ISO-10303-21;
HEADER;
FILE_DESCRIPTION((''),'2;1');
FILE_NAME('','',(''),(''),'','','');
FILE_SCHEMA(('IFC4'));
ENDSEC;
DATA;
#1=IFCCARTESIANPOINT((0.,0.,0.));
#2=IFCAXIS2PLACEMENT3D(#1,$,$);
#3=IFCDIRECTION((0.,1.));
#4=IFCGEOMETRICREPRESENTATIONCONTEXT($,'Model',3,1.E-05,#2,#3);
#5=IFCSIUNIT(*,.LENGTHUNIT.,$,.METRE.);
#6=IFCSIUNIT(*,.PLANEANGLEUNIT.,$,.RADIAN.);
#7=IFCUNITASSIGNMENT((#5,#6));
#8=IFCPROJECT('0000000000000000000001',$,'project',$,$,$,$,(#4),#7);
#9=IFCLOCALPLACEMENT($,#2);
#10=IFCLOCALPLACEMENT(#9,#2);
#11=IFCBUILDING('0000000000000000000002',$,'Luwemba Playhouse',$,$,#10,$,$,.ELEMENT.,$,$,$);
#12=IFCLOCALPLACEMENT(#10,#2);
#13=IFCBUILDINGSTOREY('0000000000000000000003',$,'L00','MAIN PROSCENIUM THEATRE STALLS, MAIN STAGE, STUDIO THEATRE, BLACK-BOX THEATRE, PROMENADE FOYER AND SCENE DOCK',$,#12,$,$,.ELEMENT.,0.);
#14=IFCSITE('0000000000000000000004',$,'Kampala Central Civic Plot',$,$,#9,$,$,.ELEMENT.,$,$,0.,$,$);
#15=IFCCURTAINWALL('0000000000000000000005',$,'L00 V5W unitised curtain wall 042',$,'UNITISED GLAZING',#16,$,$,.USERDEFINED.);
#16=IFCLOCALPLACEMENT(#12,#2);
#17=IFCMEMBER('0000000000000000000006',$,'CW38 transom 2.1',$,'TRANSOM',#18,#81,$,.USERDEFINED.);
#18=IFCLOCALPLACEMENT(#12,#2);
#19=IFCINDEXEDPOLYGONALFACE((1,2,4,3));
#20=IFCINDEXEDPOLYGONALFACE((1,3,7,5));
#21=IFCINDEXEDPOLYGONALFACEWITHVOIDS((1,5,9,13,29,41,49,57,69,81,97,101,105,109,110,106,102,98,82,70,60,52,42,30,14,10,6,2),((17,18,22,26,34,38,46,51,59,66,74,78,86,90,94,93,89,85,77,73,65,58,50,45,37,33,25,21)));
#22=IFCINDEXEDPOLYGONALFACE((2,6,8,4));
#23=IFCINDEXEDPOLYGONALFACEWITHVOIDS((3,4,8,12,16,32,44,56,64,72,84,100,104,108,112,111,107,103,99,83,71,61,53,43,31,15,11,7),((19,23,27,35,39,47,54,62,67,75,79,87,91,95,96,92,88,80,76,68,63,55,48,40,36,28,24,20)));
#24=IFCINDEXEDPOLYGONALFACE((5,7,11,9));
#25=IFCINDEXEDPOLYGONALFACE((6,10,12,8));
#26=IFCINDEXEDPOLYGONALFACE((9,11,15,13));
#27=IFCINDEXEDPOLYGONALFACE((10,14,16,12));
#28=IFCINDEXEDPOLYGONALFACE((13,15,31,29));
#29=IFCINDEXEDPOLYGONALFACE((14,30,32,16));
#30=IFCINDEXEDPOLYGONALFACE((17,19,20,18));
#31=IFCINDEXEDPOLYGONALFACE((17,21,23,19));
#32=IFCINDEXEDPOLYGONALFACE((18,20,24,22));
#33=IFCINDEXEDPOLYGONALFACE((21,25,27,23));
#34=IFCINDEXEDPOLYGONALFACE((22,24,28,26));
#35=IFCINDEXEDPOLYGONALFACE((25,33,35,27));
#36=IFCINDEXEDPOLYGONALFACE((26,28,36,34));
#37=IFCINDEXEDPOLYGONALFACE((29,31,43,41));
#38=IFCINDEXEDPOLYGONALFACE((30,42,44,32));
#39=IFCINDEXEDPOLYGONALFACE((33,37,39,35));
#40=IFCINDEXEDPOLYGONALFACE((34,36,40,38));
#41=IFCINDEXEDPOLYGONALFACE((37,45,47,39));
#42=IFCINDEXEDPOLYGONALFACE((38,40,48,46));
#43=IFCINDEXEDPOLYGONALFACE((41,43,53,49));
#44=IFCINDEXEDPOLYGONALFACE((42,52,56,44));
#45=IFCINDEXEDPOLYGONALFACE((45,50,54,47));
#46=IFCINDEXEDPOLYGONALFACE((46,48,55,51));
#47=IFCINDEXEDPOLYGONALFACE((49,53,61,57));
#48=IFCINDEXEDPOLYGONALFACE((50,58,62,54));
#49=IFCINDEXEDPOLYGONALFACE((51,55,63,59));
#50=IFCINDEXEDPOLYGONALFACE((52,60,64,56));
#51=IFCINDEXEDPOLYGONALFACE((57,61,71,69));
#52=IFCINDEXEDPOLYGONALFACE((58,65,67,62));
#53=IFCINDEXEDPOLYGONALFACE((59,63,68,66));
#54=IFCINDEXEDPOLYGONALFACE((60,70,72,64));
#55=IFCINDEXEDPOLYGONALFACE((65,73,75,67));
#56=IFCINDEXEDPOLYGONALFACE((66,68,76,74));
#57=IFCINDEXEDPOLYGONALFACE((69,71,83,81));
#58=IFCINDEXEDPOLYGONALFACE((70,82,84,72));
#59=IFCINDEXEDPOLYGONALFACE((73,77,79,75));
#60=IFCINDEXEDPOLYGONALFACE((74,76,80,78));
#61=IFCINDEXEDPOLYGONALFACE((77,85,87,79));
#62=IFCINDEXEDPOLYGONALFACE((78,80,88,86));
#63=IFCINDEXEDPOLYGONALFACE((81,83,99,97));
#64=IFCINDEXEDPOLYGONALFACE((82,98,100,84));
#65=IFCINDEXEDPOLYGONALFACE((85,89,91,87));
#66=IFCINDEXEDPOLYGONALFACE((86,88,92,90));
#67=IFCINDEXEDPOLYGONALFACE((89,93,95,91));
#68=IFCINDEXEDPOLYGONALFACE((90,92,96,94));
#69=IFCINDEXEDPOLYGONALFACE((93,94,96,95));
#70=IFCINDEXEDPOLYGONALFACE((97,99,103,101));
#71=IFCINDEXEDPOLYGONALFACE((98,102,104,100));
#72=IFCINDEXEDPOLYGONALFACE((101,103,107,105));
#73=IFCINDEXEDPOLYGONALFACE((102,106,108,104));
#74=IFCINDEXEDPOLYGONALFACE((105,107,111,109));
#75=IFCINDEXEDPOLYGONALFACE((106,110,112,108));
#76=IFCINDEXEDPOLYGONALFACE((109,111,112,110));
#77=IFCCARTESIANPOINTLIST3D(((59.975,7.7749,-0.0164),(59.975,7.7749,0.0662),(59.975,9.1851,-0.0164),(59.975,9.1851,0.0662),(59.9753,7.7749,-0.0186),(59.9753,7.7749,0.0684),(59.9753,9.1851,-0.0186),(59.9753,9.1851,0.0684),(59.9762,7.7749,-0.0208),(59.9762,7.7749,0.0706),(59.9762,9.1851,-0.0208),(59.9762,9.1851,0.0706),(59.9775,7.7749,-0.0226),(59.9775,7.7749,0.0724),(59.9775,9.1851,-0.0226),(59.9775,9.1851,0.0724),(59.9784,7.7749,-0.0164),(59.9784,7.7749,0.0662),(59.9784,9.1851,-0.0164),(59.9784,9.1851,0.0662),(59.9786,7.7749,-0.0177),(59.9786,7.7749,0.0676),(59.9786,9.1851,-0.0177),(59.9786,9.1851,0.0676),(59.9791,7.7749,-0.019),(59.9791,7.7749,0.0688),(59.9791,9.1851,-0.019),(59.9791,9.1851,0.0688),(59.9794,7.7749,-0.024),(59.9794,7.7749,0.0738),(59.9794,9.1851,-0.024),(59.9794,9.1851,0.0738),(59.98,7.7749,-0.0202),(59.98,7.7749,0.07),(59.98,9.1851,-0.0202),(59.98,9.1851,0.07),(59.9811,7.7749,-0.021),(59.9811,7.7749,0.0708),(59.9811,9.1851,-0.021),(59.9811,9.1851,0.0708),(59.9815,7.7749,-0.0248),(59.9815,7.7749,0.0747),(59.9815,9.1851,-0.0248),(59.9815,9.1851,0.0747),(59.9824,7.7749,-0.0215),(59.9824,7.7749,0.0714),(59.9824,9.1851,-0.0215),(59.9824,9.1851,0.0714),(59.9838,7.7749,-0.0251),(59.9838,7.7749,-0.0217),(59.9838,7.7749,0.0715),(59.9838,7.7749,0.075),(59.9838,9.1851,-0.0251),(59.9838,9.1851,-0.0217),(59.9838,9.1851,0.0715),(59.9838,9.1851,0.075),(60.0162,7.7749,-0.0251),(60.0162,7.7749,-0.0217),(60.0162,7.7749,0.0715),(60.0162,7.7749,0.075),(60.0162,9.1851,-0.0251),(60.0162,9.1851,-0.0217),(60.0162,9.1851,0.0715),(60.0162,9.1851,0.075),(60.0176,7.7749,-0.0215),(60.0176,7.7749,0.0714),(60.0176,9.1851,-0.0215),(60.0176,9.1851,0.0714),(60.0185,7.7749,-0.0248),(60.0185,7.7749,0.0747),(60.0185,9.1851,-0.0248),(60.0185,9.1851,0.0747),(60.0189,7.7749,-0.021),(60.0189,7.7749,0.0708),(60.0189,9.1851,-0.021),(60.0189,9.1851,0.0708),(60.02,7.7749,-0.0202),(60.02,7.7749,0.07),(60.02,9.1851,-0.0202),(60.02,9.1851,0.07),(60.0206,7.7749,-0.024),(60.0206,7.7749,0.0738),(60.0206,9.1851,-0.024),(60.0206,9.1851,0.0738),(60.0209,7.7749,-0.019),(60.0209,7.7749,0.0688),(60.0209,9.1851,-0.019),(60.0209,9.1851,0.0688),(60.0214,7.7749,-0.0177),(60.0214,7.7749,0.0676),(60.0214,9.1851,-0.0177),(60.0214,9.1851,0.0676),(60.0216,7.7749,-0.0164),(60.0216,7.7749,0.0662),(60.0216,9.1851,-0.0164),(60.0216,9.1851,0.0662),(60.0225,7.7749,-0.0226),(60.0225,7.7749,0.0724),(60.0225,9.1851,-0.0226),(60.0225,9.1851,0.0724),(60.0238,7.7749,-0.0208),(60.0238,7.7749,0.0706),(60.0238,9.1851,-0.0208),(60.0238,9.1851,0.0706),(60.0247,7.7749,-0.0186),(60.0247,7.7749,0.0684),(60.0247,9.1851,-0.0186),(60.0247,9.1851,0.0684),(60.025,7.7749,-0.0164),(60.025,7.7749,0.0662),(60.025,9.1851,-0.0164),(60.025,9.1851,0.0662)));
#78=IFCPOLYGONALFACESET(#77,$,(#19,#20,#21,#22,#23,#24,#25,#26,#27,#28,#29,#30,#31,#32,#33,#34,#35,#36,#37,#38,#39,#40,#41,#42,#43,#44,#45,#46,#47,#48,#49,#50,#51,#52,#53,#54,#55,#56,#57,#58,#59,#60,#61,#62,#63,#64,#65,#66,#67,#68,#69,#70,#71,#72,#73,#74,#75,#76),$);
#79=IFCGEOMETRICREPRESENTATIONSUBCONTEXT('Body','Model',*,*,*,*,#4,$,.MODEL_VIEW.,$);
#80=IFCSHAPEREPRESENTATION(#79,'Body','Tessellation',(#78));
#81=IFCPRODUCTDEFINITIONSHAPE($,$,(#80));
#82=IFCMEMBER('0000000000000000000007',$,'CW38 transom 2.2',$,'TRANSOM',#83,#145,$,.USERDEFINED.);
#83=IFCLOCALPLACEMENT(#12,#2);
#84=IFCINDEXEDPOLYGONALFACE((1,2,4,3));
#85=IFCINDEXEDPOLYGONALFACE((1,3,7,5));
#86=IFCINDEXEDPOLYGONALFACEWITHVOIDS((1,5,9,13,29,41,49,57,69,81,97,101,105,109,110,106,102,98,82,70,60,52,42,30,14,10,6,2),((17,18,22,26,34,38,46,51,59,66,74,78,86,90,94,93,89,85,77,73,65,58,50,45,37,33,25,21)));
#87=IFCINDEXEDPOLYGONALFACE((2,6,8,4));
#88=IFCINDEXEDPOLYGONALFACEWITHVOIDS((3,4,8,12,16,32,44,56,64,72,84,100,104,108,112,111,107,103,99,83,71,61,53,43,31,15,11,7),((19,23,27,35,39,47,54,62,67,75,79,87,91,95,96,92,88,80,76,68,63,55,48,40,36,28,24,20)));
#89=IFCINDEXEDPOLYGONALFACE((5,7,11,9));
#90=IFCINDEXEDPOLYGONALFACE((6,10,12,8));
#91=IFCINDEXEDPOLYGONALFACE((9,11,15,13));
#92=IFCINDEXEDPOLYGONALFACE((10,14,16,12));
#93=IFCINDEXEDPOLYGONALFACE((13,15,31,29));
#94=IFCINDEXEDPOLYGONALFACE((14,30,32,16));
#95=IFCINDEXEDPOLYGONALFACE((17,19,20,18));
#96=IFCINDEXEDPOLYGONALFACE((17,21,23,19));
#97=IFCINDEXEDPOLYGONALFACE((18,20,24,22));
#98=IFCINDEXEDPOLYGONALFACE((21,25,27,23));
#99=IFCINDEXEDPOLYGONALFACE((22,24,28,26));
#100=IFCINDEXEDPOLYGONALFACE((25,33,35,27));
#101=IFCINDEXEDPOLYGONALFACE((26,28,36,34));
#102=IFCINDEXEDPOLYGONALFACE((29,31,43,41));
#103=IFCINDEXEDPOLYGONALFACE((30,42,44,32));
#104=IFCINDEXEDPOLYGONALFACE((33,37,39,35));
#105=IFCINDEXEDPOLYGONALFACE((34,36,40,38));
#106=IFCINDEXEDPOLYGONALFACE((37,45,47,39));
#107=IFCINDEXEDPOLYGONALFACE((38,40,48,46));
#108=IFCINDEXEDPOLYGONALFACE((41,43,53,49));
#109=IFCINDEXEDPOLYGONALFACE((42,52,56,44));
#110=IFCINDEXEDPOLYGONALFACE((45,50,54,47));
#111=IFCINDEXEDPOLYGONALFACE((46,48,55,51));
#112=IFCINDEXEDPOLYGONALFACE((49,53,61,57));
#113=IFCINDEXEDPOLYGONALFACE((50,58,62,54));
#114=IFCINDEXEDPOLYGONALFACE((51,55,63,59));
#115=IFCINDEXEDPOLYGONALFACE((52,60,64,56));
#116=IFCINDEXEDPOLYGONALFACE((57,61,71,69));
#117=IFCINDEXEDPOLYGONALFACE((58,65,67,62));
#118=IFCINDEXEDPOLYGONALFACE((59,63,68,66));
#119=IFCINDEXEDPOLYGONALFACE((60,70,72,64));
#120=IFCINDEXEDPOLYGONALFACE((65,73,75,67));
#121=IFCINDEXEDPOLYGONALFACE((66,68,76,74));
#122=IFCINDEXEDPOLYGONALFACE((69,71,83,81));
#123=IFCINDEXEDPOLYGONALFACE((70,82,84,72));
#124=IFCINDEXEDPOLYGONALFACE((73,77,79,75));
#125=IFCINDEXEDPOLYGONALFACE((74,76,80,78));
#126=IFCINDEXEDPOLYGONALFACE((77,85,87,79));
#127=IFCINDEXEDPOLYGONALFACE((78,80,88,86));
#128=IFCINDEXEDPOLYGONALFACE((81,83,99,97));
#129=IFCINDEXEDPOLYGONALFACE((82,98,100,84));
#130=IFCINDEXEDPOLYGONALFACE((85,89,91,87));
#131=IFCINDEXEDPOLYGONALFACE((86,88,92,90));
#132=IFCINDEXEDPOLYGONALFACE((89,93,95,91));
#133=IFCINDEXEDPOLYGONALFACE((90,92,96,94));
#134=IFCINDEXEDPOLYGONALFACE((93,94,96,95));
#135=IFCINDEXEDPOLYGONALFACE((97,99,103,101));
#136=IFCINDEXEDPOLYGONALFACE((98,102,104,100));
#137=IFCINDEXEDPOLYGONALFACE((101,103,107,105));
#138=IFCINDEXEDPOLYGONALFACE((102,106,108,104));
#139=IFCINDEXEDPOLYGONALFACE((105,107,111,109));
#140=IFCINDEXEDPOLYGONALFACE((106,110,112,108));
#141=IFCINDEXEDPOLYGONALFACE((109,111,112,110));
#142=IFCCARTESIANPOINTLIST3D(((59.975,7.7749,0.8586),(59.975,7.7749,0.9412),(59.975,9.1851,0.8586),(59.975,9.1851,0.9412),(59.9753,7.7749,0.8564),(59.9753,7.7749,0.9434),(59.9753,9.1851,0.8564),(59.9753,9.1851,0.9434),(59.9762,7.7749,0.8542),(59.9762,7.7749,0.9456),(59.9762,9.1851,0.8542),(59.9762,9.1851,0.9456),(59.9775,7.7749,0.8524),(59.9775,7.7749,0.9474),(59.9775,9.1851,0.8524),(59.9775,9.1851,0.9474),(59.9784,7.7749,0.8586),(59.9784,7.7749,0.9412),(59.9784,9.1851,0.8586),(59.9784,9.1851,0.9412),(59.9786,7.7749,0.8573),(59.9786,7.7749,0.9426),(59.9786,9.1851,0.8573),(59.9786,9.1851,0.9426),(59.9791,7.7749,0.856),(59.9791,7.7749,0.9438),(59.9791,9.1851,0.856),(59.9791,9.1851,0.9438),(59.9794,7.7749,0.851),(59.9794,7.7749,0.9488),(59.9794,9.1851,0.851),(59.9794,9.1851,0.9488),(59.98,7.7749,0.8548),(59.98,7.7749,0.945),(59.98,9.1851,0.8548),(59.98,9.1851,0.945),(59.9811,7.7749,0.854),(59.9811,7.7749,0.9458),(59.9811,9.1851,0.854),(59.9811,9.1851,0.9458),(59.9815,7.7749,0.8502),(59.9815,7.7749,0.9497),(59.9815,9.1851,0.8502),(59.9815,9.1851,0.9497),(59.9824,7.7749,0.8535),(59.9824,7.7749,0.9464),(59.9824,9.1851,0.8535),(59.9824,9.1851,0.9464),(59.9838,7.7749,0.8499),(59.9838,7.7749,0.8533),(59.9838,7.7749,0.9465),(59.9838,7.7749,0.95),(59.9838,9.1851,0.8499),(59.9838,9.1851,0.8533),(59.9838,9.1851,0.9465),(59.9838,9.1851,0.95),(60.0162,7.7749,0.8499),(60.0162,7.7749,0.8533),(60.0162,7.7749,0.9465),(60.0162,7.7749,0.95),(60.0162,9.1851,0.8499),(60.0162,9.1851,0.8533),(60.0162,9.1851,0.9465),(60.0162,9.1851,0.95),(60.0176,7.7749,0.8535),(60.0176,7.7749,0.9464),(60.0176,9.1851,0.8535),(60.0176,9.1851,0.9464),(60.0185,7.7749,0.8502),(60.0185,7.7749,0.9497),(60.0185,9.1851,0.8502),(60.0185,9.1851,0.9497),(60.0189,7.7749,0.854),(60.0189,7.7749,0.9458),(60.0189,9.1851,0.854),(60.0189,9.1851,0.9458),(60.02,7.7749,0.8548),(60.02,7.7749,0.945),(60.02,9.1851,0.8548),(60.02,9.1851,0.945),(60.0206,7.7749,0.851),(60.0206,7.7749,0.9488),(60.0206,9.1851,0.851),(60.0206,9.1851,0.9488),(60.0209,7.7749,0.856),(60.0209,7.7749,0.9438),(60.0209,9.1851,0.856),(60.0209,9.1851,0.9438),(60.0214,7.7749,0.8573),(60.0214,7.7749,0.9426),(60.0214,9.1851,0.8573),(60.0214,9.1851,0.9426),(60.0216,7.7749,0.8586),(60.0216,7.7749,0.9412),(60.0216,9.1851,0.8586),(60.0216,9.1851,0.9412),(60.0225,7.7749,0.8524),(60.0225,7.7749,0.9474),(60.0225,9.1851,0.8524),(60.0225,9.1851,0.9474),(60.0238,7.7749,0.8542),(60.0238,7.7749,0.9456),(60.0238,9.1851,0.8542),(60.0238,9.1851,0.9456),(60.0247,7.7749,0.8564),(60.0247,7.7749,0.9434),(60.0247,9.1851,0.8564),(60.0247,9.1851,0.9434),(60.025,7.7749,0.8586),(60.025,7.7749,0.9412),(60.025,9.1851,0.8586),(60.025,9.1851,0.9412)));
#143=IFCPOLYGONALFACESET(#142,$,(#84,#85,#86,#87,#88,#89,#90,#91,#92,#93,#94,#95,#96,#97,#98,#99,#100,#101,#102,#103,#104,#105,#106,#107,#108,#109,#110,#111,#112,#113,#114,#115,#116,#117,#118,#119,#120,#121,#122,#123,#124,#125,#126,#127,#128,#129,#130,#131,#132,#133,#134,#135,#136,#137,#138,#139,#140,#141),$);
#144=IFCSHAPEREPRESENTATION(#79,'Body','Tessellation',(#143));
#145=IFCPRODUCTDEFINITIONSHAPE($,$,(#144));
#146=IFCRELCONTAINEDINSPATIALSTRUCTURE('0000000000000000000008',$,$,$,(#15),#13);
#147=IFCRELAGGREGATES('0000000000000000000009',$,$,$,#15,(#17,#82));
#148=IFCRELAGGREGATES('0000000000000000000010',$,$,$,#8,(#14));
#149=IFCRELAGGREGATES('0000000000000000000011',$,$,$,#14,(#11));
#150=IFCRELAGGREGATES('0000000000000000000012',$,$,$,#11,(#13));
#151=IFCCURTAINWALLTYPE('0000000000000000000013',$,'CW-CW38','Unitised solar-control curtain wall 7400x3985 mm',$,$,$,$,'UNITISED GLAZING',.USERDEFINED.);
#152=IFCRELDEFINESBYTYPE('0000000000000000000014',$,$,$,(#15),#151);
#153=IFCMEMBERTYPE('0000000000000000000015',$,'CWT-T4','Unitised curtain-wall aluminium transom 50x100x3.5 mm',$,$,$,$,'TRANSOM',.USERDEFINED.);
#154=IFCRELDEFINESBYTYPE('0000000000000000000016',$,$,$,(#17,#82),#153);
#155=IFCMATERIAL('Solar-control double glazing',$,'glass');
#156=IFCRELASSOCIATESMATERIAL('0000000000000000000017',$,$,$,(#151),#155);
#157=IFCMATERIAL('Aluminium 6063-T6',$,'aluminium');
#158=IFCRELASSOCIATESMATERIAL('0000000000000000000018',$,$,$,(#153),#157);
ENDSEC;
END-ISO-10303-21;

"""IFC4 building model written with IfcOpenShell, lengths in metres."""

from ifc_helpers import new_model, si_unit, direction, frame, origin, origin_2d, place, context, subcontext, project, spatial, hollow_rectangle, extrude, material, material_profile, profile_set, type_object, element, aggregate, save


model = new_model("IFC4")

# Units and contexts
model_context = context("Model", 3, precision=1e-05, world=origin(), true_north=direction((0.0, 1.0)))
body_context = subcontext(model_context, "Body", "Model", "MODEL_VIEW")
ifc_project = project(units=[si_unit("LENGTHUNIT", "METRE"), si_unit("PLANEANGLEUNIT", "RADIAN")], contexts=[model_context])

# Site, building, storey
site_placement = place(None, origin())
site = spatial("IfcSite", under=ifc_project, at=site_placement, Name="Kampala Central Civic Plot", CompositionType="ELEMENT", RefElevation=0.0)
building_placement = place(site_placement, origin())
building = spatial("IfcBuilding", under=site, at=building_placement, Name="Luwemba Playhouse", CompositionType="ELEMENT")
storey_placement = place(building_placement, origin())
storey = spatial("IfcBuildingStorey", under=building, at=storey_placement, Name="L00", Description="MAIN PROSCENIUM THEATRE STALLS, MAIN STAGE, STUDIO THEATRE, BLACK-BOX THEATRE, PROMENADE FOYER AND SCENE DOCK", CompositionType="ELEMENT", Elevation=0.0)

# Shared definitions
ifc_material_1 = material(Name="Solar-control double glazing", Category="glass")
ifc_material_2 = material(Name="Aluminium 6063-T6", Category="aluminium")

# Curtain wall
curtain_wall_type_1 = type_object("IfcCurtainWallType", Name="CW-CW38", Description="Unitised solar-control curtain wall 7400x3985 mm", ElementType="UNITISED GLAZING", PredefinedType="USERDEFINED", material=ifc_material_1)
curtain_wall_1_placement = place(storey_placement, origin())
curtain_wall_1 = element("IfcCurtainWall", 1, at=curtain_wall_1_placement, inside=storey, type_object=curtain_wall_type_1, Name="L00 V5W unitised curtain wall 042", ObjectType="UNITISED GLAZING", PredefinedType="USERDEFINED")

# Members
ifc_material_profile_1 = material_profile(ifc_material_2, hollow_rectangle(XDim=0.05, YDim=0.1001, WallThickness=0.0034, InnerFilletRadius=0.0054, OuterFilletRadius=0.0088, at=origin_2d()))
ifc_profile_set_1 = profile_set([ifc_material_profile_1], Name="Aluminium 6063-T6")
member_type_1 = type_object("IfcMemberType", Name="CWT-T4", Description="Unitised curtain-wall aluminium transom 50x100x3.5 mm", ElementType="TRANSOM", PredefinedType="USERDEFINED", material=ifc_profile_set_1)
member_1_placement = place(storey_placement, frame((60.0, 9.1851, 0.0249), z_axis=(0.0, -1.0, 0.0), x_axis=(1.0, 0.0, 0.0)))
member_1 = element("IfcMember", 2, at=member_1_placement, type_object=member_type_1, Name="CW38 transom 2.1", ObjectType="TRANSOM", PredefinedType="USERDEFINED", context=body_context, shape_type="SweptSolid", body=[
    extrude(hollow_rectangle(XDim=0.05, YDim=0.1001, WallThickness=0.0034, InnerFilletRadius=0.0054, OuterFilletRadius=0.0088, at=origin_2d()), origin(), (0.0, 0.0, 1.0), 1.4102),
])
member_2_placement = place(storey_placement, frame((60.0, 9.1851, 0.8999), z_axis=(0.0, -1.0, 0.0), x_axis=(1.0, 0.0, 0.0)))
member_2 = element("IfcMember", 3, at=member_2_placement, type_object=member_type_1, Name="CW38 transom 2.2", ObjectType="TRANSOM", PredefinedType="USERDEFINED", context=body_context, shape_type="SweptSolid", body=[
    extrude(hollow_rectangle(XDim=0.05, YDim=0.1001, WallThickness=0.0034, InnerFilletRadius=0.0054, OuterFilletRadius=0.0088, at=origin_2d()), origin(), (0.0, 0.0, 1.0), 1.4102),
])

aggregate(curtain_wall_1, [member_1, member_2])

save(model, "model.ifc")
